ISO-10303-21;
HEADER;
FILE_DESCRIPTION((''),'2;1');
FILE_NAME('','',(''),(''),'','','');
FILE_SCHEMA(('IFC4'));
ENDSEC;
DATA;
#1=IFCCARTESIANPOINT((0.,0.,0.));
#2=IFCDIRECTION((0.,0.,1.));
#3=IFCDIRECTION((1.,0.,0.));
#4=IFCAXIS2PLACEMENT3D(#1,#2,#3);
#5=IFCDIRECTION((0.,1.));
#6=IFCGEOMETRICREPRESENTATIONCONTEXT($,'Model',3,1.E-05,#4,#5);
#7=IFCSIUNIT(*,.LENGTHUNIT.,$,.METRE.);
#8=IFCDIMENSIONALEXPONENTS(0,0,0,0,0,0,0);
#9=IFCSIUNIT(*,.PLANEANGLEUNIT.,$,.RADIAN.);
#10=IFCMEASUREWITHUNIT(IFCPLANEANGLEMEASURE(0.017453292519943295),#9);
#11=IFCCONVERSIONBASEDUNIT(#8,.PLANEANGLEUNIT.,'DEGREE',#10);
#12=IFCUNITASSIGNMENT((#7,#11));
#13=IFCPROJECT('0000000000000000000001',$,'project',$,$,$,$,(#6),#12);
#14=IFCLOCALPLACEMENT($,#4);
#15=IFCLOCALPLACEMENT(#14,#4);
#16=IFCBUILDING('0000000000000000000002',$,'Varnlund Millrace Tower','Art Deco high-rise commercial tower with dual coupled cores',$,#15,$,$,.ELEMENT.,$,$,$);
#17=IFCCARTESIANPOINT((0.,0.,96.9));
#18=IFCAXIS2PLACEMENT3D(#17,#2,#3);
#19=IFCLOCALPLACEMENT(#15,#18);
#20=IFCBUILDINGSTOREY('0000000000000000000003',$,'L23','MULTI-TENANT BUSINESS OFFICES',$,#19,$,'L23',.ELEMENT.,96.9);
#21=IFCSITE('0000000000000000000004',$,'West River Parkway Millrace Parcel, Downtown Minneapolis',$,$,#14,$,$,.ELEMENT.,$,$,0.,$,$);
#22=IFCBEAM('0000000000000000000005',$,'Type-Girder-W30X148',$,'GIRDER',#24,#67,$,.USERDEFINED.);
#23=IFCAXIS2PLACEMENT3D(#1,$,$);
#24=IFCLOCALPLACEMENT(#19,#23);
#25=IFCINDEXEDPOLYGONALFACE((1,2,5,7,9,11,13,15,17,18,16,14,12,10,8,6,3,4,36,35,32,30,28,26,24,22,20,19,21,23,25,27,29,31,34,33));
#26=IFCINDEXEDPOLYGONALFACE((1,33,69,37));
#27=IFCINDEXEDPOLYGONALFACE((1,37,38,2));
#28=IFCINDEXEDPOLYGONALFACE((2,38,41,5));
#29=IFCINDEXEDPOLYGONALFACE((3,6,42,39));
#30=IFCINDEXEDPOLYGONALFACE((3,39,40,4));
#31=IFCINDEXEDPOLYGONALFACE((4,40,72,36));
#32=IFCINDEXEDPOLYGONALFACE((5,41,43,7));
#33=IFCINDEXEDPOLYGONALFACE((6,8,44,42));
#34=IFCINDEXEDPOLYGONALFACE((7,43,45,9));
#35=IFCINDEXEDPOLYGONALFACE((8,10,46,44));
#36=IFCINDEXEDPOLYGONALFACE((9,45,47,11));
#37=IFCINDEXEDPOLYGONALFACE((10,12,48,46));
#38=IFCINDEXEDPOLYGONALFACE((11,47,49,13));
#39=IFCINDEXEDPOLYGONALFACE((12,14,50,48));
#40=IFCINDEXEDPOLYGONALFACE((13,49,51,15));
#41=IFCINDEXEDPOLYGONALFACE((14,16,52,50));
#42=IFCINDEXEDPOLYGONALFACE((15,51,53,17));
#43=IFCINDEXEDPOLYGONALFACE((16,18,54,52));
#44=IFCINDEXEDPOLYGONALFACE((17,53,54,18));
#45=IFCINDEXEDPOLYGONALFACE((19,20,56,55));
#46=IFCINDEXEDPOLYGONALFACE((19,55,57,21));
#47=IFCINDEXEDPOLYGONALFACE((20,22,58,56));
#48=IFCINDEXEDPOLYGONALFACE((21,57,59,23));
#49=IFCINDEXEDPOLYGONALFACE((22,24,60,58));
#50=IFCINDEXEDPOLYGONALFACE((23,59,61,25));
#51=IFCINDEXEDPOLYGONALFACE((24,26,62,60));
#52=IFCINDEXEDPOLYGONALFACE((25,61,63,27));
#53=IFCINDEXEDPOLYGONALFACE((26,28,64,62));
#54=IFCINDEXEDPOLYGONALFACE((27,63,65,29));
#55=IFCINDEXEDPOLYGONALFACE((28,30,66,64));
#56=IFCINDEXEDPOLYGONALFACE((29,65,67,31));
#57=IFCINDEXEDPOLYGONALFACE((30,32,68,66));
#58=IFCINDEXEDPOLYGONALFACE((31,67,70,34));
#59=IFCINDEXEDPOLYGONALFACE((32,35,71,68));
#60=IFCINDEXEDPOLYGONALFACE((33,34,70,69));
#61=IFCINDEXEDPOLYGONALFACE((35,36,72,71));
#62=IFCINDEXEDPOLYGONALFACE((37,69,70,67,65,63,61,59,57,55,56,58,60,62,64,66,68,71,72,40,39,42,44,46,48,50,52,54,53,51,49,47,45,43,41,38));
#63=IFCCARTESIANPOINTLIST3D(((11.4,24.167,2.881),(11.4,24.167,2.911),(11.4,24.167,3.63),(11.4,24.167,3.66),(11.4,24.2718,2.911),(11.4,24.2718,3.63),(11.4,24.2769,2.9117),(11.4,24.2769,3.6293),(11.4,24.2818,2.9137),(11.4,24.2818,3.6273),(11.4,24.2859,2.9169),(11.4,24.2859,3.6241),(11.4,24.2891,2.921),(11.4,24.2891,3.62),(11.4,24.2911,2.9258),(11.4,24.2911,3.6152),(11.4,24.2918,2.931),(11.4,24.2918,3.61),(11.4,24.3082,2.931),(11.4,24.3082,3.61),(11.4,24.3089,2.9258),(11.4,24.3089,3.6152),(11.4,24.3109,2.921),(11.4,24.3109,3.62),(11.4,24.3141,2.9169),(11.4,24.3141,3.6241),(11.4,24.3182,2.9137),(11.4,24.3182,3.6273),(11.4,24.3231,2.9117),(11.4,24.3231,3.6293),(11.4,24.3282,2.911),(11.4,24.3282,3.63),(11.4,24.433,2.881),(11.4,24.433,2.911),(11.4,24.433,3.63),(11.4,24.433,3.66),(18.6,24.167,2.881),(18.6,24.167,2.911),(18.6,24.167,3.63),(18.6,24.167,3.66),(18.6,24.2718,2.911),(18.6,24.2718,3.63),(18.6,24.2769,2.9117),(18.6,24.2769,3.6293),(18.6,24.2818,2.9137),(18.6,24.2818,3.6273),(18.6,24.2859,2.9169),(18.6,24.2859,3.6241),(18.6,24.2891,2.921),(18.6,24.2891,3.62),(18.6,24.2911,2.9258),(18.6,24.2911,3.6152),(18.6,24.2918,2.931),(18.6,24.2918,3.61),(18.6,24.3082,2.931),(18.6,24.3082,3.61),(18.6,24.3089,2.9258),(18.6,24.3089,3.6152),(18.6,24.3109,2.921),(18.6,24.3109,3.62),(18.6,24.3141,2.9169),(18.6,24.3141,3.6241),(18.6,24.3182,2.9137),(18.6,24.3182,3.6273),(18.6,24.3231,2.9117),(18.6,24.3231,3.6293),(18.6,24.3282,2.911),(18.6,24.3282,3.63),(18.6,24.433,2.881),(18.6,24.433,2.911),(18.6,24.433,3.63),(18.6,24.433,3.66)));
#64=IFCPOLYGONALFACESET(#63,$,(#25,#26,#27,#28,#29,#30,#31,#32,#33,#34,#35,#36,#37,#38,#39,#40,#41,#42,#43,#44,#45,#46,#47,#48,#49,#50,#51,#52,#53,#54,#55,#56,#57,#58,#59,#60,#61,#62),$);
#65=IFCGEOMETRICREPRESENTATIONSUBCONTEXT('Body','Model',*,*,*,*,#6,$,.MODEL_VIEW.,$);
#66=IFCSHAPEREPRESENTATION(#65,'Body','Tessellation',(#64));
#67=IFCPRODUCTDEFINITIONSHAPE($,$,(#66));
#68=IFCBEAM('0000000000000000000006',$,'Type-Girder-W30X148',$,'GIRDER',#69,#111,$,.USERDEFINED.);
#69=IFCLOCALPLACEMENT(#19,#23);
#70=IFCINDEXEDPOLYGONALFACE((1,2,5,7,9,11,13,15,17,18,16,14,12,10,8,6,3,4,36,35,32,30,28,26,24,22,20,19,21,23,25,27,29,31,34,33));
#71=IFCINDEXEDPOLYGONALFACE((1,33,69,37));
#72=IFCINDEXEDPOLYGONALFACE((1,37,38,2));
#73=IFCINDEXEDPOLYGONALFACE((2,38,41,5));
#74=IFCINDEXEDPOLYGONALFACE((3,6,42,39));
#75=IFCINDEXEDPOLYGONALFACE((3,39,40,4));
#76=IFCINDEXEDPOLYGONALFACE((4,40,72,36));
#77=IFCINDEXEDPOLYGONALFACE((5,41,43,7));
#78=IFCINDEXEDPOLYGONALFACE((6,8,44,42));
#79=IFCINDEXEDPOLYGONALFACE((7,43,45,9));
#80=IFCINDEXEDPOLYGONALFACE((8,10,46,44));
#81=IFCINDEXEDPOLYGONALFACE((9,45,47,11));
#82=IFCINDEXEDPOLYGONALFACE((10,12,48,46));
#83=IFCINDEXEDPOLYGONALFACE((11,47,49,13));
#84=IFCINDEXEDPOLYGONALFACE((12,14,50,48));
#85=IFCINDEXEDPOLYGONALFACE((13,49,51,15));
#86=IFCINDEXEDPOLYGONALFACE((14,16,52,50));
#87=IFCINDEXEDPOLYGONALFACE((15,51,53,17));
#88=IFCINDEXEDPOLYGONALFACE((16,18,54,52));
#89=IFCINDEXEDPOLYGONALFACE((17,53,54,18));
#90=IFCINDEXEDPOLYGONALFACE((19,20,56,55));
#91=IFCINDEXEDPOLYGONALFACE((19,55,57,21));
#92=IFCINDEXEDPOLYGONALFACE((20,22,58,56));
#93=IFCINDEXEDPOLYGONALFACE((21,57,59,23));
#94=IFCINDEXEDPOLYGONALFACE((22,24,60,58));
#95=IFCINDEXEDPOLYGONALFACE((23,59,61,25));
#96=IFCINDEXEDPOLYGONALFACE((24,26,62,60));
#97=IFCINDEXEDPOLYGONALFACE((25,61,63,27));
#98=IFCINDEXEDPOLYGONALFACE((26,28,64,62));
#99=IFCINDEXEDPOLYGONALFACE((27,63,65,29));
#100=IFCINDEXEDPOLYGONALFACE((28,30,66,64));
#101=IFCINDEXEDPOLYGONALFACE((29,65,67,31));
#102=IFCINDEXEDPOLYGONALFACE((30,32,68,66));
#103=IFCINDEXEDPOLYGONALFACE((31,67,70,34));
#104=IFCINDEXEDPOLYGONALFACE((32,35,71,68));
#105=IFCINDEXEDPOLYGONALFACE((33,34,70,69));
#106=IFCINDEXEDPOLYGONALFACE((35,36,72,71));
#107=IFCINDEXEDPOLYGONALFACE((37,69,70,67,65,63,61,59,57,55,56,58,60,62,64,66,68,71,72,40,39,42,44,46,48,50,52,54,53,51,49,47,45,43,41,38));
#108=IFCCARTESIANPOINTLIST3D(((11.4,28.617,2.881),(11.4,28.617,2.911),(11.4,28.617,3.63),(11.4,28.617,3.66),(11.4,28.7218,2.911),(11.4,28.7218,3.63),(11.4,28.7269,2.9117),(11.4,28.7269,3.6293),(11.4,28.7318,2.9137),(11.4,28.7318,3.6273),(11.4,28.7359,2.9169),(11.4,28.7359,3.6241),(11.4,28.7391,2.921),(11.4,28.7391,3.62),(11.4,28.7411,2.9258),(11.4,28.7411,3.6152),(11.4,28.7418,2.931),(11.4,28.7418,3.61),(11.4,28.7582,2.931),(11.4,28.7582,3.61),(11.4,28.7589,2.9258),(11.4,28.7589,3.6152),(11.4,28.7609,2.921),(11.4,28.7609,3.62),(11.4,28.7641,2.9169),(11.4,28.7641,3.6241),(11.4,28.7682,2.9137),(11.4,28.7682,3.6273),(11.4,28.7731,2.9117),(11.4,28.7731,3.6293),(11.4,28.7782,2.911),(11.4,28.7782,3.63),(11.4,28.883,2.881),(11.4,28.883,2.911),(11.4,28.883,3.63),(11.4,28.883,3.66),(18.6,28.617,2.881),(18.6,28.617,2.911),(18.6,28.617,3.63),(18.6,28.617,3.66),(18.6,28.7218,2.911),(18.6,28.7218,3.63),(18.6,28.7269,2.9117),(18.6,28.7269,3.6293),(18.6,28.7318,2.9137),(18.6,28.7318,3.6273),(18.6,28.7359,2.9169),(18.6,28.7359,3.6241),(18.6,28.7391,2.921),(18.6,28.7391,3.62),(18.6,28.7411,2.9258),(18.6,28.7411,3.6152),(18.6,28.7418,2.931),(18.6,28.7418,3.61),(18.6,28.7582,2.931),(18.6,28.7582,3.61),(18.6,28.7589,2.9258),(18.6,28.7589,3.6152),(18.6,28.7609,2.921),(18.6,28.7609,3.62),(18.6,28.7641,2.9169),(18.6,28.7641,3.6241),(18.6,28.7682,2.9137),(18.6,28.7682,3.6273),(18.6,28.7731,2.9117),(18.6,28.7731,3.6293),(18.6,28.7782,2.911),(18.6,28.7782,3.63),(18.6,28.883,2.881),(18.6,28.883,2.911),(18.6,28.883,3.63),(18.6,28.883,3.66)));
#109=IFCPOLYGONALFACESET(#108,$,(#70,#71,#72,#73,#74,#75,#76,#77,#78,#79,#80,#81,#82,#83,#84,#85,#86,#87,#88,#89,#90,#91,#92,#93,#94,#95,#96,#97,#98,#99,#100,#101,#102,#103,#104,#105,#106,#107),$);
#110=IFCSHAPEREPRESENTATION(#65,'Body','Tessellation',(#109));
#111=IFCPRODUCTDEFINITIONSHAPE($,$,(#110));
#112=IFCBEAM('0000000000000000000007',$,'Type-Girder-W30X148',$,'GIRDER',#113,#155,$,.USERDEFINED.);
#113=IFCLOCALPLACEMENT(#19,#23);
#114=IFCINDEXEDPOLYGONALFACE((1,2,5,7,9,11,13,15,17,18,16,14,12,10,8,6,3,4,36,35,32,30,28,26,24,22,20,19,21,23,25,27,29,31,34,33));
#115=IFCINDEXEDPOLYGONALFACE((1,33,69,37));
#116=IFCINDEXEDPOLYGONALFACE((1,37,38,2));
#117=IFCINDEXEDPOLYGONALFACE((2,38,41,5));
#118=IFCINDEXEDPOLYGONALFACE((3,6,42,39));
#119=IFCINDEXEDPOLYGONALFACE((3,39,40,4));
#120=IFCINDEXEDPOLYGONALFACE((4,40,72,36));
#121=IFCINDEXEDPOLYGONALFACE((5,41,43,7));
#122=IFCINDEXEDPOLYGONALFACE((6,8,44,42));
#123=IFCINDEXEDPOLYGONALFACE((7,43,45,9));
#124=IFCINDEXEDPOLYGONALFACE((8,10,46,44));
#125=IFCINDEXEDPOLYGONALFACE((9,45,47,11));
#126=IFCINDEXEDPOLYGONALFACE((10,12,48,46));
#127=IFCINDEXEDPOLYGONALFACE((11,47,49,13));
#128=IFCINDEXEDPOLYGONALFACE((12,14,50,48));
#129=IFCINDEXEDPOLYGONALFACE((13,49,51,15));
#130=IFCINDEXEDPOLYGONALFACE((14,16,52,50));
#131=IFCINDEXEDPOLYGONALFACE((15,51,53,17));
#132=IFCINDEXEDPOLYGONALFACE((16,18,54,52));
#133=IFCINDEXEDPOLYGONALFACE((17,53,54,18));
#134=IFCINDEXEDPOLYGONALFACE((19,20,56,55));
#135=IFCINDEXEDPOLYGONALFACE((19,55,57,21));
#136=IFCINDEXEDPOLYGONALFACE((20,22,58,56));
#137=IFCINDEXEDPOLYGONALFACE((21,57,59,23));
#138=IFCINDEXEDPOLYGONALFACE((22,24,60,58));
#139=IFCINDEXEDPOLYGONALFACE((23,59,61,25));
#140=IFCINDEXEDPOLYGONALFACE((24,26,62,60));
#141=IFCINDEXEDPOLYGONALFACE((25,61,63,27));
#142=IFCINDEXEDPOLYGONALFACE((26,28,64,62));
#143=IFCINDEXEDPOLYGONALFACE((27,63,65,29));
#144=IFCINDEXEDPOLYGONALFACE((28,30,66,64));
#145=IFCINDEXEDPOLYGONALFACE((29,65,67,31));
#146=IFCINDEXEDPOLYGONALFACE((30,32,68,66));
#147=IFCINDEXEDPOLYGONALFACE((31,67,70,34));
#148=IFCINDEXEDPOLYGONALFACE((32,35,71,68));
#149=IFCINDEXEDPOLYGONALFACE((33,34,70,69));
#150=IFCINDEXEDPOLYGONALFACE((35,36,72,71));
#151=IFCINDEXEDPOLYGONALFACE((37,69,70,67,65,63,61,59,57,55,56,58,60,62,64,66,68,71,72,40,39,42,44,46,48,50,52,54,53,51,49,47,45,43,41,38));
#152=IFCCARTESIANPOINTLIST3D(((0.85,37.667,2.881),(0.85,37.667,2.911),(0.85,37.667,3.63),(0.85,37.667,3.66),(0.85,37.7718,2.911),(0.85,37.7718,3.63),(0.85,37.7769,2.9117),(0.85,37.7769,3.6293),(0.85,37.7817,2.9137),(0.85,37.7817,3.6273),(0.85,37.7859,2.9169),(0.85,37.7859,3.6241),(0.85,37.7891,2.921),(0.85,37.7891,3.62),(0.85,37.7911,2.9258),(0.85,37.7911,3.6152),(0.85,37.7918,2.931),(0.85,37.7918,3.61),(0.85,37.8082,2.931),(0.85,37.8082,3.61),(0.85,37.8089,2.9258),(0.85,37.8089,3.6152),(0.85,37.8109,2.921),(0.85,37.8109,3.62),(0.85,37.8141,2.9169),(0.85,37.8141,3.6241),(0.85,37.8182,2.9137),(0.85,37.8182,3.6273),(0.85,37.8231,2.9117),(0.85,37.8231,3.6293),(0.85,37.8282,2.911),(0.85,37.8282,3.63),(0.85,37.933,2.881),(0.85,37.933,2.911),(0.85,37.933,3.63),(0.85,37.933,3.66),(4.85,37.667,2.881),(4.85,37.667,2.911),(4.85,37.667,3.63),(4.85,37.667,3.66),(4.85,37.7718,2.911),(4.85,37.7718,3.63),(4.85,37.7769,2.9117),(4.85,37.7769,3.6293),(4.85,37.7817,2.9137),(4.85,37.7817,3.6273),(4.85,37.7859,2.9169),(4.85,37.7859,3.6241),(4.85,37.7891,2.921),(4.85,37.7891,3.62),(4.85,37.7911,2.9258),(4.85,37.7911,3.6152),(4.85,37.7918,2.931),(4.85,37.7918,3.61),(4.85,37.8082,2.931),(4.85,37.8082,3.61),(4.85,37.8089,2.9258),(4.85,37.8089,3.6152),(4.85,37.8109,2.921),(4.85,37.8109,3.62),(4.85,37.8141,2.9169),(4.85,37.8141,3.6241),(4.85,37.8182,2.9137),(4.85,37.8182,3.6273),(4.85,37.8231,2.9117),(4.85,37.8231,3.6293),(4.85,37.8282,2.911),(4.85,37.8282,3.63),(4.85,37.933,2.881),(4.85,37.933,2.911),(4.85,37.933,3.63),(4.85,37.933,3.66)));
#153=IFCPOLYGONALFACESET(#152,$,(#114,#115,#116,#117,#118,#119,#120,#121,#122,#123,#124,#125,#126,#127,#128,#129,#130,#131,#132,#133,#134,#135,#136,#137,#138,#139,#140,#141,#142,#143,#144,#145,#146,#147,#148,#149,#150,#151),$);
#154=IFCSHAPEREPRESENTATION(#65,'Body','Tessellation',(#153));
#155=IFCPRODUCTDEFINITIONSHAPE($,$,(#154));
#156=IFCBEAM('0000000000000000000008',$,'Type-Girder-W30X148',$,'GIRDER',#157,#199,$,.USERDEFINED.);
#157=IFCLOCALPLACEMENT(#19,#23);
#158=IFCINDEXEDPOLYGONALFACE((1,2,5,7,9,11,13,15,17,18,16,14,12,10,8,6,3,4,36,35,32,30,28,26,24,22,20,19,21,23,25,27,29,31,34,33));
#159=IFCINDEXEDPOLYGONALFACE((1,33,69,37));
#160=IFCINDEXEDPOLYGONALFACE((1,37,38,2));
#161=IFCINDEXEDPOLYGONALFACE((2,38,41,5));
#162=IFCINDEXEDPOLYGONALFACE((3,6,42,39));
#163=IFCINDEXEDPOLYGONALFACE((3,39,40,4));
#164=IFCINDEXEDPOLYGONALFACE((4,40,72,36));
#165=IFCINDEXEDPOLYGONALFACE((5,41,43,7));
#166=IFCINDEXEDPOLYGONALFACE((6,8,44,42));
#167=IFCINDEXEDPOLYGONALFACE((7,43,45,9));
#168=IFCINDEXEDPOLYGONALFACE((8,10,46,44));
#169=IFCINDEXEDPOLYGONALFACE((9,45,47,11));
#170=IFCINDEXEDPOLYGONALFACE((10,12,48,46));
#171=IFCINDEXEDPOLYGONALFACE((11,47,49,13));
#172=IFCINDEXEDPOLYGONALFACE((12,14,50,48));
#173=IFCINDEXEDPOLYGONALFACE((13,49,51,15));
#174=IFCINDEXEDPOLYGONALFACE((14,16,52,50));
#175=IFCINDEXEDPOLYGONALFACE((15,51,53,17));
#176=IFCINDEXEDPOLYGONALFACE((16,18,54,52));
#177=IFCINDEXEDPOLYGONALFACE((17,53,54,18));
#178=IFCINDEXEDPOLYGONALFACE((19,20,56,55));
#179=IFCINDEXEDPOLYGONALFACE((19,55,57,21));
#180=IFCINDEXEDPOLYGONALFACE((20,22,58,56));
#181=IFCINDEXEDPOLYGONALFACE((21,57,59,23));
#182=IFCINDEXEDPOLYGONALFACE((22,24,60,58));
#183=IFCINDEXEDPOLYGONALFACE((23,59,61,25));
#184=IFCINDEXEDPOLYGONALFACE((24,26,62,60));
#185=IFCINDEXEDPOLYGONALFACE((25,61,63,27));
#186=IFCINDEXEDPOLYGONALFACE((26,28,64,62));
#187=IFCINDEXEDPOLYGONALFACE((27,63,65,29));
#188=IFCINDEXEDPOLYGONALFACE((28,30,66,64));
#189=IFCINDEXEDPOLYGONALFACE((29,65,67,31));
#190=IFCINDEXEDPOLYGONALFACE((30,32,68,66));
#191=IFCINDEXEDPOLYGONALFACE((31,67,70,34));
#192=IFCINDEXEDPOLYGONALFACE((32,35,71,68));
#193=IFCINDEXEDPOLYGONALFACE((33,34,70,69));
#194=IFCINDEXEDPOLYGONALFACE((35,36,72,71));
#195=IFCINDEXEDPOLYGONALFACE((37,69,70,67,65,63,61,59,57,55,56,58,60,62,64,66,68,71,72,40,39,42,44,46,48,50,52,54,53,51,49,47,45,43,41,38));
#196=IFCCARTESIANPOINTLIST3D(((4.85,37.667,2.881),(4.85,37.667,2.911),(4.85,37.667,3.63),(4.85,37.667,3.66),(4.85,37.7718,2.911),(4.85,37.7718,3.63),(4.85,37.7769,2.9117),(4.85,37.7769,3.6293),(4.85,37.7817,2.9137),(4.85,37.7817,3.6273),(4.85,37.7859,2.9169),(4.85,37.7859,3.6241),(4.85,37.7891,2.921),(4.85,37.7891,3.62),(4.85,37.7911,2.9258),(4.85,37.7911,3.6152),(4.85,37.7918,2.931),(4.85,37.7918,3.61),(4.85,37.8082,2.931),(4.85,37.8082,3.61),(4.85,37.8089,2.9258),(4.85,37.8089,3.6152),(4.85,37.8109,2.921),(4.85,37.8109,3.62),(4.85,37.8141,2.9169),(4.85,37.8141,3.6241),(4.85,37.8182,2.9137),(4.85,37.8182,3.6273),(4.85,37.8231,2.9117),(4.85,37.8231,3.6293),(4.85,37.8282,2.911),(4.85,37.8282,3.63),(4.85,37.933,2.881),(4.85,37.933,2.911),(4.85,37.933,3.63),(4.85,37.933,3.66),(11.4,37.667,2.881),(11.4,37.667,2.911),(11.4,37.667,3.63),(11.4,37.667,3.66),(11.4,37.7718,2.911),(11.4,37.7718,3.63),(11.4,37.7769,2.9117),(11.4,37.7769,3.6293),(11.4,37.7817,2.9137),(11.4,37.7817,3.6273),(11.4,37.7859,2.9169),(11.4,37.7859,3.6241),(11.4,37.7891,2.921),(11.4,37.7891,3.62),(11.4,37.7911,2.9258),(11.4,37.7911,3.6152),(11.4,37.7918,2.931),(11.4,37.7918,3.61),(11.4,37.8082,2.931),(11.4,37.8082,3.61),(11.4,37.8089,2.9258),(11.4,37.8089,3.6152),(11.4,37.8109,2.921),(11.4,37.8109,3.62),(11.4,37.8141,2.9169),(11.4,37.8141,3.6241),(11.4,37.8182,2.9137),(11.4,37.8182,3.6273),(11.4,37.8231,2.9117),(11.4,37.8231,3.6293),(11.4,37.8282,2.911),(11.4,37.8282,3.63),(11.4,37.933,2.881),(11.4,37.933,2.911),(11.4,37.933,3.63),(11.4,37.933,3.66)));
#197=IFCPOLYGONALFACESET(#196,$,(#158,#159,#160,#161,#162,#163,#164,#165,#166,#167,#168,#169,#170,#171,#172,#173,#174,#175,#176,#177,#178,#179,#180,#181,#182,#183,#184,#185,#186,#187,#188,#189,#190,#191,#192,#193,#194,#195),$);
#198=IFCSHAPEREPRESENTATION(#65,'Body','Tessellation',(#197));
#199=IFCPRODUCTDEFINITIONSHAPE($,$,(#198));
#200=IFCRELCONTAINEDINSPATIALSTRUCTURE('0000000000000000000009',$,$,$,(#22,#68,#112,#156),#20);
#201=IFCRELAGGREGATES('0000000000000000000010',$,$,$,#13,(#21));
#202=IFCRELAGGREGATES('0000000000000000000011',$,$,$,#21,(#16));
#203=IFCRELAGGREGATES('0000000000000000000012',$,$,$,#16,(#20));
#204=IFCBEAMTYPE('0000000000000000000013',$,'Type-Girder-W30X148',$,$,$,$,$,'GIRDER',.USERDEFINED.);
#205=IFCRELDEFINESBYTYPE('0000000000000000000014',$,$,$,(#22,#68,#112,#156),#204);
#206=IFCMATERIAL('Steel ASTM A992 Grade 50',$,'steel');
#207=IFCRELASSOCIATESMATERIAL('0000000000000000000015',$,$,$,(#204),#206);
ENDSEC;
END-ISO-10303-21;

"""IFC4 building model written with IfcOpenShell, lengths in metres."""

from ifc_helpers import new_model, entity, si_unit, converted_unit, direction, frame, origin_with_axes, origin_2d_with_axis, place, context, subcontext, project, spatial, i_section, extrude, material, material_profile, profile_set, type_object, element, save


model = new_model("IFC4")

# Units and contexts
model_context = context("Model", 3, precision=1e-05, world=origin_with_axes(), true_north=direction((0.0, 1.0)))
body_context = subcontext(model_context, "Body", "Model", "MODEL_VIEW")
ifc_project = project(units=[si_unit("LENGTHUNIT", "METRE"), converted_unit("PLANEANGLEUNIT", "DEGREE", entity("IfcPlaneAngleMeasure", 0.017453292519943295), si_unit("PLANEANGLEUNIT", "RADIAN"), dimensions=[0, 0, 0, 0, 0, 0, 0])], contexts=[model_context])

# Site, building, storey
site_placement = place(None, origin_with_axes())
site = spatial("IfcSite", under=ifc_project, at=site_placement, Name="West River Parkway Millrace Parcel, Downtown Minneapolis", CompositionType="ELEMENT", RefElevation=0.0)
building_placement = place(site_placement, origin_with_axes())
building = spatial("IfcBuilding", under=site, at=building_placement, Name="Varnlund Millrace Tower", Description="Art Deco high-rise commercial tower with dual coupled cores", CompositionType="ELEMENT")
storey_placement = place(building_placement, frame((0.0, 0.0, 96.9), z_axis=(0.0, 0.0, 1.0), x_axis=(1.0, 0.0, 0.0)))
storey = spatial("IfcBuildingStorey", under=building, at=storey_placement, Name="L23", Description="MULTI-TENANT BUSINESS OFFICES", LongName="L23", CompositionType="ELEMENT", Elevation=96.9)

# Beams
ifc_material_1 = material(Name="Steel ASTM A992 Grade 50", Category="steel")
ifc_material_profile_1 = material_profile(ifc_material_1, i_section(OverallWidth=0.266, OverallDepth=0.779, WebThickness=0.0165, FlangeThickness=0.03, FilletRadius=0.02, at=origin_2d_with_axis()), Name="Steel ASTM A992 Grade 50")
ifc_profile_set_1 = profile_set([ifc_material_profile_1], Name="Steel ASTM A992 Grade 50")
beam_type_1 = type_object("IfcBeamType", Name="Type-Girder-W30X148", ElementType="GIRDER", PredefinedType="USERDEFINED", material=ifc_profile_set_1)
for number, where, z_axis, x_axis, name in (
    (1, (11.4, 24.3, 3.2705), (1.0, 0.0, 0.0), (0.0, 1.0, 0.0), "Type-Girder-W30X148"),
    (2, (11.4, 28.75, 3.2705), (1.0, 0.0, 0.0), (0.0, 1.0, 0.0), "Type-Girder-W30X148"),
):
    element("IfcBeam", number, at=place(storey_placement, frame(where, z_axis=z_axis, x_axis=x_axis)), inside=storey, type_object=beam_type_1, Name=name, ObjectType="GIRDER", PredefinedType="USERDEFINED", context=body_context, shape_type="SweptSolid", body=[
        extrude(i_section(OverallWidth=0.266, OverallDepth=0.779, WebThickness=0.0165, FlangeThickness=0.03, FilletRadius=0.02, at=origin_2d_with_axis()), origin_with_axes(), (0.0, 0.0, 1.0), 7.2),
    ])
beam_1_placement = place(storey_placement, frame((0.85, 37.8, 3.2705), z_axis=(1.0, 0.0, 0.0), x_axis=(0.0, 1.0, 0.0)))
element("IfcBeam", 3, at=beam_1_placement, inside=storey, type_object=beam_type_1, Name="Type-Girder-W30X148", ObjectType="GIRDER", PredefinedType="USERDEFINED", context=body_context, shape_type="SweptSolid", body=[
    extrude(i_section(OverallWidth=0.266, OverallDepth=0.779, WebThickness=0.0165, FlangeThickness=0.03, FilletRadius=0.02, at=origin_2d_with_axis()), origin_with_axes(), (0.0, 0.0, 1.0), 4.0),
])
beam_2_placement = place(storey_placement, frame((4.85, 37.8, 3.2705), z_axis=(1.0, 0.0, 0.0), x_axis=(0.0, 1.0, 0.0)))
element("IfcBeam", 4, at=beam_2_placement, inside=storey, type_object=beam_type_1, Name="Type-Girder-W30X148", ObjectType="GIRDER", PredefinedType="USERDEFINED", context=body_context, shape_type="SweptSolid", body=[
    extrude(i_section(OverallWidth=0.266, OverallDepth=0.779, WebThickness=0.0165, FlangeThickness=0.03, FilletRadius=0.02, at=origin_2d_with_axis()), origin_with_axes(), (0.0, 0.0, 1.0), 6.55),
])

save(model, "model.ifc")
